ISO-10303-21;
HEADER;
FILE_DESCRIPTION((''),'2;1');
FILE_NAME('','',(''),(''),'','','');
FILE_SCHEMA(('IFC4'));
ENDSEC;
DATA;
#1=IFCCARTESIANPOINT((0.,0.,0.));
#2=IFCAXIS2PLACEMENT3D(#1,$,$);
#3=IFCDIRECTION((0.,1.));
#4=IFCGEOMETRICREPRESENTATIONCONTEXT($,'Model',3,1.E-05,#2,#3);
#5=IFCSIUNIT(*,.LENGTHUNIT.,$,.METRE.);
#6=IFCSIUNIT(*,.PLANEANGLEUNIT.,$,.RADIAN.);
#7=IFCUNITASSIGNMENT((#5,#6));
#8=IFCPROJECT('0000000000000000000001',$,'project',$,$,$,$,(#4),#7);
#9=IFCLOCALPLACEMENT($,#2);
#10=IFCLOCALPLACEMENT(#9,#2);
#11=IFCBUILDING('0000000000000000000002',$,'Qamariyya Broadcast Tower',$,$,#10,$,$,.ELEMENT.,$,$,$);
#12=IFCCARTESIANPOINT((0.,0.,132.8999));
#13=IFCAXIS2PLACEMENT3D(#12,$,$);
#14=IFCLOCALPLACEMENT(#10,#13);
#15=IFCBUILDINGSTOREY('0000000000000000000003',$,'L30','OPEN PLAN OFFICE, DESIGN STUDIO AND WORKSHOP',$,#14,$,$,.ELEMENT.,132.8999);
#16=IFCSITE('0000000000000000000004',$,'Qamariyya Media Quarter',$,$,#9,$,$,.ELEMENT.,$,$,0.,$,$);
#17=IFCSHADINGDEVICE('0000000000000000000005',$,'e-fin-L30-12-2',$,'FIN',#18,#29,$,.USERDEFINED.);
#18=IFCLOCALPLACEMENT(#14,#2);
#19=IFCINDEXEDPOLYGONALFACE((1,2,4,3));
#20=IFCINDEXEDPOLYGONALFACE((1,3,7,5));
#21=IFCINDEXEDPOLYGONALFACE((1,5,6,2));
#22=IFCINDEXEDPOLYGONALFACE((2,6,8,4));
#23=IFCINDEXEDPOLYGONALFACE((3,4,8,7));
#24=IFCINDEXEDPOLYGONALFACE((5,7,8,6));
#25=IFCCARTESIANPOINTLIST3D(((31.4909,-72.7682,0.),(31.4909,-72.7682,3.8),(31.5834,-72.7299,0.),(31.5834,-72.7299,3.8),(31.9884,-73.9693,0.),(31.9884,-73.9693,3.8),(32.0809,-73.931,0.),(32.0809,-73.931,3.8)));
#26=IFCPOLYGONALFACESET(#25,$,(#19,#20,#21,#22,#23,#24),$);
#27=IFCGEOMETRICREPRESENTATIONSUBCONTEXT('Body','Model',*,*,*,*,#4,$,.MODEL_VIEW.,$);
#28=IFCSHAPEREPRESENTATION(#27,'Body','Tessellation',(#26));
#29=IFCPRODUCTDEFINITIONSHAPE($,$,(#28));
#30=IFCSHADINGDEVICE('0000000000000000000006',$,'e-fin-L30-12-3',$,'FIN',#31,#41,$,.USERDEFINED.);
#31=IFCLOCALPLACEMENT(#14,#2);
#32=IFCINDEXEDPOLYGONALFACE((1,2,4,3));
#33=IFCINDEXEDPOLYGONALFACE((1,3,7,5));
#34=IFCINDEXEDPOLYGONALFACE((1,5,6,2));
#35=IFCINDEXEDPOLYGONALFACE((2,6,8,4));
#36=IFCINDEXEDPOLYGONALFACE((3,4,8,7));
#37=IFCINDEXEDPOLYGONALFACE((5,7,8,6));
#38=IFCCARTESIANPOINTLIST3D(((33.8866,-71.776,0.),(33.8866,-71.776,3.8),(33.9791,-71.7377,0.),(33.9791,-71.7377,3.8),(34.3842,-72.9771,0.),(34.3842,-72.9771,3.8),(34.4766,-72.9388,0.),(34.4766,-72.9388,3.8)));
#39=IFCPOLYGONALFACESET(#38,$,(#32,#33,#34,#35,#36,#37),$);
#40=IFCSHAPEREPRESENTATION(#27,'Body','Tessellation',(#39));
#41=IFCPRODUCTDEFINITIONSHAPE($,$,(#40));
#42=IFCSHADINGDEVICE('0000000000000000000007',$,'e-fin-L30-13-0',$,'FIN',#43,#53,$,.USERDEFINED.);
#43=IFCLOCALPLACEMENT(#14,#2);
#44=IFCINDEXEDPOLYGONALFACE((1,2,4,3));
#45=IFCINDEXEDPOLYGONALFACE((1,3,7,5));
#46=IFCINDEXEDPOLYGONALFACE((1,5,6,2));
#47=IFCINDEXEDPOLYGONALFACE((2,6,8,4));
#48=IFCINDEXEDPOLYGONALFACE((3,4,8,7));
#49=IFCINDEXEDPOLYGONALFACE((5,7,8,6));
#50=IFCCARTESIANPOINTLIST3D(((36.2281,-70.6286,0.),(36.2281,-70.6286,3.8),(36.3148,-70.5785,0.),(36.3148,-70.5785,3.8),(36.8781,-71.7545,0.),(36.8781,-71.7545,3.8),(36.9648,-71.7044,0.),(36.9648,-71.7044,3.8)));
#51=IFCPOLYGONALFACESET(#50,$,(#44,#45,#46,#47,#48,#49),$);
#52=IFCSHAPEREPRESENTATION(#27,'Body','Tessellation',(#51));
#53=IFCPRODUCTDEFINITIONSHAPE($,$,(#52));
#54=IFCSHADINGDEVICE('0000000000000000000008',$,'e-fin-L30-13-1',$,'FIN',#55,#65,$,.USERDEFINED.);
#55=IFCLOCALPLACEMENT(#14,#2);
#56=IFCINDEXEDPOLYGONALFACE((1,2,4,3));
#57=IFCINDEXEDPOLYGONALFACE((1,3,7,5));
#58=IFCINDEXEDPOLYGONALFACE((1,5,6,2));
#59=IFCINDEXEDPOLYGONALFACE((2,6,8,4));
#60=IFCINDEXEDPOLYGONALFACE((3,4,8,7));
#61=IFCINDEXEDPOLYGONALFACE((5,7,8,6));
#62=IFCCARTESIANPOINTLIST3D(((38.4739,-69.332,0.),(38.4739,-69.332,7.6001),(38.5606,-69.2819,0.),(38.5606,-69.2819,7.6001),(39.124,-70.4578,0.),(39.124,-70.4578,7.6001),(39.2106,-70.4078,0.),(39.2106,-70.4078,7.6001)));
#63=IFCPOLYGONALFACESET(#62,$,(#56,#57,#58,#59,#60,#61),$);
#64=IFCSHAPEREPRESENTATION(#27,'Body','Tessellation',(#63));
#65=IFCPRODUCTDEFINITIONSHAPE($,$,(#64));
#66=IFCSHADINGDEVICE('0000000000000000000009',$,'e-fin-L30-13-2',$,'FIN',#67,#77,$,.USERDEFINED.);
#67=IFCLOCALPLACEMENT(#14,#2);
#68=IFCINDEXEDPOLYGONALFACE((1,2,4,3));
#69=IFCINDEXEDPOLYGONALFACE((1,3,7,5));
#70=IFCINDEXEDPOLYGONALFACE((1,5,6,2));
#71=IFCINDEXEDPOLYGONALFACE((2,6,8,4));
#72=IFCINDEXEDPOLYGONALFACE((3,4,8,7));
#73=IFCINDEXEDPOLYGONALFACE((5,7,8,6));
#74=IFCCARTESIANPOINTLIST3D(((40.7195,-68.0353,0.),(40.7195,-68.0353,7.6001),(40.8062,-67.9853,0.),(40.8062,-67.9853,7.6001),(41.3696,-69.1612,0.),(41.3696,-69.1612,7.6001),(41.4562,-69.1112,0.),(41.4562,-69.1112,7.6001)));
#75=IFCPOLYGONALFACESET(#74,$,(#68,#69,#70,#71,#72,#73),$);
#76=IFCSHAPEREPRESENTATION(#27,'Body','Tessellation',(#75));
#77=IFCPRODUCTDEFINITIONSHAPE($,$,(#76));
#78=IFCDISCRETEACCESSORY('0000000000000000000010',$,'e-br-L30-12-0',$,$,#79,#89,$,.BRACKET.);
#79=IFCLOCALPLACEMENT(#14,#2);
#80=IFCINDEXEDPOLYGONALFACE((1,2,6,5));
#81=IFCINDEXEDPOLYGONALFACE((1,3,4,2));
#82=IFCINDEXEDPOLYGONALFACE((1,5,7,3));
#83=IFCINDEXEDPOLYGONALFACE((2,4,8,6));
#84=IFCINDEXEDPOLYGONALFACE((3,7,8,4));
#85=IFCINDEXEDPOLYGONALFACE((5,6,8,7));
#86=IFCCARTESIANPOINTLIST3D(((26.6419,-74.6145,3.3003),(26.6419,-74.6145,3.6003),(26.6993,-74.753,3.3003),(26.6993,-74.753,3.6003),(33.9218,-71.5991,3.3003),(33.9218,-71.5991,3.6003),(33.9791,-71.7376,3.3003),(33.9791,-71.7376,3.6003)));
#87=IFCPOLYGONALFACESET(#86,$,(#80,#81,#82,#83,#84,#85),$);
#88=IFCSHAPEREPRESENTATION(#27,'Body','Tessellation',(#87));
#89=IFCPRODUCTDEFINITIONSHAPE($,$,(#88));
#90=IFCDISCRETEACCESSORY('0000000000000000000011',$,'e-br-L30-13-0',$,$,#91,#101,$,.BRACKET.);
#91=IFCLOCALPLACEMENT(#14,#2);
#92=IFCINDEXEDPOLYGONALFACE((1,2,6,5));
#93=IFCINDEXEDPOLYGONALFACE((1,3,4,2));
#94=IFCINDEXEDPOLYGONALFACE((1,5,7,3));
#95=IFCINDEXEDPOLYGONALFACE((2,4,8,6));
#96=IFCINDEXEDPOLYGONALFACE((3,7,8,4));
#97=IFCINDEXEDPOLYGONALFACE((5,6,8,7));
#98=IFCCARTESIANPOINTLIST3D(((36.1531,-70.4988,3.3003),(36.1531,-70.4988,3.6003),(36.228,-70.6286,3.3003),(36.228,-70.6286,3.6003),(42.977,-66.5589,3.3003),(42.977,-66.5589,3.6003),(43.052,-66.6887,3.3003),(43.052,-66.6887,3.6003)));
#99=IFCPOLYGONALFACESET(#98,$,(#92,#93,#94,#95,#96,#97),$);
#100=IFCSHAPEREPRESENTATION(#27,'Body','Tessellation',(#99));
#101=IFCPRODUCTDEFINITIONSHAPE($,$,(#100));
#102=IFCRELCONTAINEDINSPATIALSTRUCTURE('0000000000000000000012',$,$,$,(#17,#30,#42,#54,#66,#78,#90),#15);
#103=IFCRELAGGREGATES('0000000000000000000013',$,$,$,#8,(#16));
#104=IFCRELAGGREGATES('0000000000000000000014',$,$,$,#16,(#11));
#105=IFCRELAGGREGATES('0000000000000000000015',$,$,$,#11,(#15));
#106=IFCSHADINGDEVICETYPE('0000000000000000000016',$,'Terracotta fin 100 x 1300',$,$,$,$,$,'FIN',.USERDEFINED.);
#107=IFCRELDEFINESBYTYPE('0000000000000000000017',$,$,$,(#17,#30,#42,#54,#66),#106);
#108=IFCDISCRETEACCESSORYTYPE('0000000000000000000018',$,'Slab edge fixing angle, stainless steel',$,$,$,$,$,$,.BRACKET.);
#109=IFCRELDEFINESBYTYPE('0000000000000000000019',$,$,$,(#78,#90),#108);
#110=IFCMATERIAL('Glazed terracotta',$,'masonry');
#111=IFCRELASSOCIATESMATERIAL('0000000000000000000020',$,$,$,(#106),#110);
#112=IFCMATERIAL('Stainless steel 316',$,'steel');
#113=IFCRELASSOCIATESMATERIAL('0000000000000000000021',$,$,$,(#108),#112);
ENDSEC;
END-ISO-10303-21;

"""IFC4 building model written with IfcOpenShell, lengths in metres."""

from ifc_helpers import new_model, si_unit, direction, frame, origin, origin_2d, place, context, subcontext, project, spatial, rectangle, extrude, material, material_profile, profile_set, type_object, element, save


model = new_model("IFC4")

# Units and contexts
model_context = context("Model", 3, precision=1e-05, world=origin(), true_north=direction((0.0, 1.0)))
body_context = subcontext(model_context, "Body", "Model", "MODEL_VIEW")
ifc_project = project(units=[si_unit("LENGTHUNIT", "METRE"), si_unit("PLANEANGLEUNIT", "RADIAN")], contexts=[model_context])

# Site, building, storey
site_placement = place(None, origin())
site = spatial("IfcSite", under=ifc_project, at=site_placement, Name="Qamariyya Media Quarter", CompositionType="ELEMENT", RefElevation=0.0)
building_placement = place(site_placement, origin())
building = spatial("IfcBuilding", under=site, at=building_placement, Name="Qamariyya Broadcast Tower", CompositionType="ELEMENT")
storey_placement = place(building_placement, frame((0.0, 0.0, 132.8999)))
storey = spatial("IfcBuildingStorey", under=building, at=storey_placement, Name="L30", Description="OPEN PLAN OFFICE, DESIGN STUDIO AND WORKSHOP", CompositionType="ELEMENT", Elevation=132.8999)

# Shading devices
ifc_material_1 = material(Name="Glazed terracotta", Category="masonry")
ifc_material_profile_1 = material_profile(ifc_material_1, rectangle(XDim=1.3, YDim=0.1001, at=origin_2d()))
ifc_profile_set_1 = profile_set([ifc_material_profile_1], Name="Glazed terracotta")
shading_device_type_1 = type_object("IfcShadingDeviceType", Name="Terracotta fin 100 x 1300", ElementType="FIN", PredefinedType="USERDEFINED", material=ifc_profile_set_1)
for number, where, z_axis, x_axis, name in (
    (1, (31.7859, -73.3496, 0.0), (0.0, 0.0, 1.0), (0.382683, -0.92388, 0.0), "e-fin-L30-12-2"),
    (2, (34.1816, -72.3574, 0.0), (0.0, 0.0, 1.0), (0.382683, -0.92388, 0.0), "e-fin-L30-12-3"),
    (3, (36.5964, -71.1665, 0.0), (0.0, 0.0, 1.0), (0.5, -0.866025, 0.0), "e-fin-L30-13-0"),
):
    element("IfcShadingDevice", number, at=place(storey_placement, frame(where, z_axis=z_axis, x_axis=x_axis)), inside=storey, type_object=shading_device_type_1, Name=name, ObjectType="FIN", PredefinedType="USERDEFINED", context=body_context, shape_type="SweptSolid", body=[
        extrude(rectangle(XDim=1.3, YDim=0.1001, at=origin_2d()), origin(), (0.0, 0.0, 1.0), 3.8),
    ])
for number, where, z_axis, x_axis, name in (
    (4, (38.8423, -69.8699, 0.0), (0.0, 0.0, 1.0), (0.5, -0.866025, 0.0), "e-fin-L30-13-1"),
    (5, (41.0879, -68.5732, 0.0), (0.0, 0.0, 1.0), (0.5, -0.866025, 0.0), "e-fin-L30-13-2"),
):
    element("IfcShadingDevice", number, at=place(storey_placement, frame(where, z_axis=z_axis, x_axis=x_axis)), inside=storey, type_object=shading_device_type_1, Name=name, ObjectType="FIN", PredefinedType="USERDEFINED", context=body_context, shape_type="SweptSolid", body=[
        extrude(rectangle(XDim=1.3, YDim=0.1001, at=origin_2d()), origin(), (0.0, 0.0, 1.0), 7.6001),
    ])

# Discrete accessories
ifc_material_2 = material(Name="Stainless steel 316", Category="steel")
discrete_accessory_type = type_object("IfcDiscreteAccessoryType", Name="Slab edge fixing angle, stainless steel", PredefinedType="BRACKET", material=ifc_material_2)
for number, where, z_axis, x_axis, name in (
    (6, (30.3105, -73.176, 3.3003), (0.0, 0.0, 1.0), (0.92388, 0.382683, 0.0), "e-br-L30-12-0"),
    (7, (39.6025, -68.5938, 3.3003), (0.0, 0.0, 1.0), (0.866025, 0.5, 0.0), "e-br-L30-13-0"),
):
    element("IfcDiscreteAccessory", number, at=place(storey_placement, frame(where, z_axis=z_axis, x_axis=x_axis)), inside=storey, type_object=discrete_accessory_type, Name=name, PredefinedType="BRACKET", context=body_context, shape_type="SweptSolid", body=[
        extrude(rectangle(XDim=7.8796, YDim=0.1499, at=origin_2d()), origin(), (0.0, 0.0, 1.0), 0.3),
    ])

save(model, "model.ifc")
